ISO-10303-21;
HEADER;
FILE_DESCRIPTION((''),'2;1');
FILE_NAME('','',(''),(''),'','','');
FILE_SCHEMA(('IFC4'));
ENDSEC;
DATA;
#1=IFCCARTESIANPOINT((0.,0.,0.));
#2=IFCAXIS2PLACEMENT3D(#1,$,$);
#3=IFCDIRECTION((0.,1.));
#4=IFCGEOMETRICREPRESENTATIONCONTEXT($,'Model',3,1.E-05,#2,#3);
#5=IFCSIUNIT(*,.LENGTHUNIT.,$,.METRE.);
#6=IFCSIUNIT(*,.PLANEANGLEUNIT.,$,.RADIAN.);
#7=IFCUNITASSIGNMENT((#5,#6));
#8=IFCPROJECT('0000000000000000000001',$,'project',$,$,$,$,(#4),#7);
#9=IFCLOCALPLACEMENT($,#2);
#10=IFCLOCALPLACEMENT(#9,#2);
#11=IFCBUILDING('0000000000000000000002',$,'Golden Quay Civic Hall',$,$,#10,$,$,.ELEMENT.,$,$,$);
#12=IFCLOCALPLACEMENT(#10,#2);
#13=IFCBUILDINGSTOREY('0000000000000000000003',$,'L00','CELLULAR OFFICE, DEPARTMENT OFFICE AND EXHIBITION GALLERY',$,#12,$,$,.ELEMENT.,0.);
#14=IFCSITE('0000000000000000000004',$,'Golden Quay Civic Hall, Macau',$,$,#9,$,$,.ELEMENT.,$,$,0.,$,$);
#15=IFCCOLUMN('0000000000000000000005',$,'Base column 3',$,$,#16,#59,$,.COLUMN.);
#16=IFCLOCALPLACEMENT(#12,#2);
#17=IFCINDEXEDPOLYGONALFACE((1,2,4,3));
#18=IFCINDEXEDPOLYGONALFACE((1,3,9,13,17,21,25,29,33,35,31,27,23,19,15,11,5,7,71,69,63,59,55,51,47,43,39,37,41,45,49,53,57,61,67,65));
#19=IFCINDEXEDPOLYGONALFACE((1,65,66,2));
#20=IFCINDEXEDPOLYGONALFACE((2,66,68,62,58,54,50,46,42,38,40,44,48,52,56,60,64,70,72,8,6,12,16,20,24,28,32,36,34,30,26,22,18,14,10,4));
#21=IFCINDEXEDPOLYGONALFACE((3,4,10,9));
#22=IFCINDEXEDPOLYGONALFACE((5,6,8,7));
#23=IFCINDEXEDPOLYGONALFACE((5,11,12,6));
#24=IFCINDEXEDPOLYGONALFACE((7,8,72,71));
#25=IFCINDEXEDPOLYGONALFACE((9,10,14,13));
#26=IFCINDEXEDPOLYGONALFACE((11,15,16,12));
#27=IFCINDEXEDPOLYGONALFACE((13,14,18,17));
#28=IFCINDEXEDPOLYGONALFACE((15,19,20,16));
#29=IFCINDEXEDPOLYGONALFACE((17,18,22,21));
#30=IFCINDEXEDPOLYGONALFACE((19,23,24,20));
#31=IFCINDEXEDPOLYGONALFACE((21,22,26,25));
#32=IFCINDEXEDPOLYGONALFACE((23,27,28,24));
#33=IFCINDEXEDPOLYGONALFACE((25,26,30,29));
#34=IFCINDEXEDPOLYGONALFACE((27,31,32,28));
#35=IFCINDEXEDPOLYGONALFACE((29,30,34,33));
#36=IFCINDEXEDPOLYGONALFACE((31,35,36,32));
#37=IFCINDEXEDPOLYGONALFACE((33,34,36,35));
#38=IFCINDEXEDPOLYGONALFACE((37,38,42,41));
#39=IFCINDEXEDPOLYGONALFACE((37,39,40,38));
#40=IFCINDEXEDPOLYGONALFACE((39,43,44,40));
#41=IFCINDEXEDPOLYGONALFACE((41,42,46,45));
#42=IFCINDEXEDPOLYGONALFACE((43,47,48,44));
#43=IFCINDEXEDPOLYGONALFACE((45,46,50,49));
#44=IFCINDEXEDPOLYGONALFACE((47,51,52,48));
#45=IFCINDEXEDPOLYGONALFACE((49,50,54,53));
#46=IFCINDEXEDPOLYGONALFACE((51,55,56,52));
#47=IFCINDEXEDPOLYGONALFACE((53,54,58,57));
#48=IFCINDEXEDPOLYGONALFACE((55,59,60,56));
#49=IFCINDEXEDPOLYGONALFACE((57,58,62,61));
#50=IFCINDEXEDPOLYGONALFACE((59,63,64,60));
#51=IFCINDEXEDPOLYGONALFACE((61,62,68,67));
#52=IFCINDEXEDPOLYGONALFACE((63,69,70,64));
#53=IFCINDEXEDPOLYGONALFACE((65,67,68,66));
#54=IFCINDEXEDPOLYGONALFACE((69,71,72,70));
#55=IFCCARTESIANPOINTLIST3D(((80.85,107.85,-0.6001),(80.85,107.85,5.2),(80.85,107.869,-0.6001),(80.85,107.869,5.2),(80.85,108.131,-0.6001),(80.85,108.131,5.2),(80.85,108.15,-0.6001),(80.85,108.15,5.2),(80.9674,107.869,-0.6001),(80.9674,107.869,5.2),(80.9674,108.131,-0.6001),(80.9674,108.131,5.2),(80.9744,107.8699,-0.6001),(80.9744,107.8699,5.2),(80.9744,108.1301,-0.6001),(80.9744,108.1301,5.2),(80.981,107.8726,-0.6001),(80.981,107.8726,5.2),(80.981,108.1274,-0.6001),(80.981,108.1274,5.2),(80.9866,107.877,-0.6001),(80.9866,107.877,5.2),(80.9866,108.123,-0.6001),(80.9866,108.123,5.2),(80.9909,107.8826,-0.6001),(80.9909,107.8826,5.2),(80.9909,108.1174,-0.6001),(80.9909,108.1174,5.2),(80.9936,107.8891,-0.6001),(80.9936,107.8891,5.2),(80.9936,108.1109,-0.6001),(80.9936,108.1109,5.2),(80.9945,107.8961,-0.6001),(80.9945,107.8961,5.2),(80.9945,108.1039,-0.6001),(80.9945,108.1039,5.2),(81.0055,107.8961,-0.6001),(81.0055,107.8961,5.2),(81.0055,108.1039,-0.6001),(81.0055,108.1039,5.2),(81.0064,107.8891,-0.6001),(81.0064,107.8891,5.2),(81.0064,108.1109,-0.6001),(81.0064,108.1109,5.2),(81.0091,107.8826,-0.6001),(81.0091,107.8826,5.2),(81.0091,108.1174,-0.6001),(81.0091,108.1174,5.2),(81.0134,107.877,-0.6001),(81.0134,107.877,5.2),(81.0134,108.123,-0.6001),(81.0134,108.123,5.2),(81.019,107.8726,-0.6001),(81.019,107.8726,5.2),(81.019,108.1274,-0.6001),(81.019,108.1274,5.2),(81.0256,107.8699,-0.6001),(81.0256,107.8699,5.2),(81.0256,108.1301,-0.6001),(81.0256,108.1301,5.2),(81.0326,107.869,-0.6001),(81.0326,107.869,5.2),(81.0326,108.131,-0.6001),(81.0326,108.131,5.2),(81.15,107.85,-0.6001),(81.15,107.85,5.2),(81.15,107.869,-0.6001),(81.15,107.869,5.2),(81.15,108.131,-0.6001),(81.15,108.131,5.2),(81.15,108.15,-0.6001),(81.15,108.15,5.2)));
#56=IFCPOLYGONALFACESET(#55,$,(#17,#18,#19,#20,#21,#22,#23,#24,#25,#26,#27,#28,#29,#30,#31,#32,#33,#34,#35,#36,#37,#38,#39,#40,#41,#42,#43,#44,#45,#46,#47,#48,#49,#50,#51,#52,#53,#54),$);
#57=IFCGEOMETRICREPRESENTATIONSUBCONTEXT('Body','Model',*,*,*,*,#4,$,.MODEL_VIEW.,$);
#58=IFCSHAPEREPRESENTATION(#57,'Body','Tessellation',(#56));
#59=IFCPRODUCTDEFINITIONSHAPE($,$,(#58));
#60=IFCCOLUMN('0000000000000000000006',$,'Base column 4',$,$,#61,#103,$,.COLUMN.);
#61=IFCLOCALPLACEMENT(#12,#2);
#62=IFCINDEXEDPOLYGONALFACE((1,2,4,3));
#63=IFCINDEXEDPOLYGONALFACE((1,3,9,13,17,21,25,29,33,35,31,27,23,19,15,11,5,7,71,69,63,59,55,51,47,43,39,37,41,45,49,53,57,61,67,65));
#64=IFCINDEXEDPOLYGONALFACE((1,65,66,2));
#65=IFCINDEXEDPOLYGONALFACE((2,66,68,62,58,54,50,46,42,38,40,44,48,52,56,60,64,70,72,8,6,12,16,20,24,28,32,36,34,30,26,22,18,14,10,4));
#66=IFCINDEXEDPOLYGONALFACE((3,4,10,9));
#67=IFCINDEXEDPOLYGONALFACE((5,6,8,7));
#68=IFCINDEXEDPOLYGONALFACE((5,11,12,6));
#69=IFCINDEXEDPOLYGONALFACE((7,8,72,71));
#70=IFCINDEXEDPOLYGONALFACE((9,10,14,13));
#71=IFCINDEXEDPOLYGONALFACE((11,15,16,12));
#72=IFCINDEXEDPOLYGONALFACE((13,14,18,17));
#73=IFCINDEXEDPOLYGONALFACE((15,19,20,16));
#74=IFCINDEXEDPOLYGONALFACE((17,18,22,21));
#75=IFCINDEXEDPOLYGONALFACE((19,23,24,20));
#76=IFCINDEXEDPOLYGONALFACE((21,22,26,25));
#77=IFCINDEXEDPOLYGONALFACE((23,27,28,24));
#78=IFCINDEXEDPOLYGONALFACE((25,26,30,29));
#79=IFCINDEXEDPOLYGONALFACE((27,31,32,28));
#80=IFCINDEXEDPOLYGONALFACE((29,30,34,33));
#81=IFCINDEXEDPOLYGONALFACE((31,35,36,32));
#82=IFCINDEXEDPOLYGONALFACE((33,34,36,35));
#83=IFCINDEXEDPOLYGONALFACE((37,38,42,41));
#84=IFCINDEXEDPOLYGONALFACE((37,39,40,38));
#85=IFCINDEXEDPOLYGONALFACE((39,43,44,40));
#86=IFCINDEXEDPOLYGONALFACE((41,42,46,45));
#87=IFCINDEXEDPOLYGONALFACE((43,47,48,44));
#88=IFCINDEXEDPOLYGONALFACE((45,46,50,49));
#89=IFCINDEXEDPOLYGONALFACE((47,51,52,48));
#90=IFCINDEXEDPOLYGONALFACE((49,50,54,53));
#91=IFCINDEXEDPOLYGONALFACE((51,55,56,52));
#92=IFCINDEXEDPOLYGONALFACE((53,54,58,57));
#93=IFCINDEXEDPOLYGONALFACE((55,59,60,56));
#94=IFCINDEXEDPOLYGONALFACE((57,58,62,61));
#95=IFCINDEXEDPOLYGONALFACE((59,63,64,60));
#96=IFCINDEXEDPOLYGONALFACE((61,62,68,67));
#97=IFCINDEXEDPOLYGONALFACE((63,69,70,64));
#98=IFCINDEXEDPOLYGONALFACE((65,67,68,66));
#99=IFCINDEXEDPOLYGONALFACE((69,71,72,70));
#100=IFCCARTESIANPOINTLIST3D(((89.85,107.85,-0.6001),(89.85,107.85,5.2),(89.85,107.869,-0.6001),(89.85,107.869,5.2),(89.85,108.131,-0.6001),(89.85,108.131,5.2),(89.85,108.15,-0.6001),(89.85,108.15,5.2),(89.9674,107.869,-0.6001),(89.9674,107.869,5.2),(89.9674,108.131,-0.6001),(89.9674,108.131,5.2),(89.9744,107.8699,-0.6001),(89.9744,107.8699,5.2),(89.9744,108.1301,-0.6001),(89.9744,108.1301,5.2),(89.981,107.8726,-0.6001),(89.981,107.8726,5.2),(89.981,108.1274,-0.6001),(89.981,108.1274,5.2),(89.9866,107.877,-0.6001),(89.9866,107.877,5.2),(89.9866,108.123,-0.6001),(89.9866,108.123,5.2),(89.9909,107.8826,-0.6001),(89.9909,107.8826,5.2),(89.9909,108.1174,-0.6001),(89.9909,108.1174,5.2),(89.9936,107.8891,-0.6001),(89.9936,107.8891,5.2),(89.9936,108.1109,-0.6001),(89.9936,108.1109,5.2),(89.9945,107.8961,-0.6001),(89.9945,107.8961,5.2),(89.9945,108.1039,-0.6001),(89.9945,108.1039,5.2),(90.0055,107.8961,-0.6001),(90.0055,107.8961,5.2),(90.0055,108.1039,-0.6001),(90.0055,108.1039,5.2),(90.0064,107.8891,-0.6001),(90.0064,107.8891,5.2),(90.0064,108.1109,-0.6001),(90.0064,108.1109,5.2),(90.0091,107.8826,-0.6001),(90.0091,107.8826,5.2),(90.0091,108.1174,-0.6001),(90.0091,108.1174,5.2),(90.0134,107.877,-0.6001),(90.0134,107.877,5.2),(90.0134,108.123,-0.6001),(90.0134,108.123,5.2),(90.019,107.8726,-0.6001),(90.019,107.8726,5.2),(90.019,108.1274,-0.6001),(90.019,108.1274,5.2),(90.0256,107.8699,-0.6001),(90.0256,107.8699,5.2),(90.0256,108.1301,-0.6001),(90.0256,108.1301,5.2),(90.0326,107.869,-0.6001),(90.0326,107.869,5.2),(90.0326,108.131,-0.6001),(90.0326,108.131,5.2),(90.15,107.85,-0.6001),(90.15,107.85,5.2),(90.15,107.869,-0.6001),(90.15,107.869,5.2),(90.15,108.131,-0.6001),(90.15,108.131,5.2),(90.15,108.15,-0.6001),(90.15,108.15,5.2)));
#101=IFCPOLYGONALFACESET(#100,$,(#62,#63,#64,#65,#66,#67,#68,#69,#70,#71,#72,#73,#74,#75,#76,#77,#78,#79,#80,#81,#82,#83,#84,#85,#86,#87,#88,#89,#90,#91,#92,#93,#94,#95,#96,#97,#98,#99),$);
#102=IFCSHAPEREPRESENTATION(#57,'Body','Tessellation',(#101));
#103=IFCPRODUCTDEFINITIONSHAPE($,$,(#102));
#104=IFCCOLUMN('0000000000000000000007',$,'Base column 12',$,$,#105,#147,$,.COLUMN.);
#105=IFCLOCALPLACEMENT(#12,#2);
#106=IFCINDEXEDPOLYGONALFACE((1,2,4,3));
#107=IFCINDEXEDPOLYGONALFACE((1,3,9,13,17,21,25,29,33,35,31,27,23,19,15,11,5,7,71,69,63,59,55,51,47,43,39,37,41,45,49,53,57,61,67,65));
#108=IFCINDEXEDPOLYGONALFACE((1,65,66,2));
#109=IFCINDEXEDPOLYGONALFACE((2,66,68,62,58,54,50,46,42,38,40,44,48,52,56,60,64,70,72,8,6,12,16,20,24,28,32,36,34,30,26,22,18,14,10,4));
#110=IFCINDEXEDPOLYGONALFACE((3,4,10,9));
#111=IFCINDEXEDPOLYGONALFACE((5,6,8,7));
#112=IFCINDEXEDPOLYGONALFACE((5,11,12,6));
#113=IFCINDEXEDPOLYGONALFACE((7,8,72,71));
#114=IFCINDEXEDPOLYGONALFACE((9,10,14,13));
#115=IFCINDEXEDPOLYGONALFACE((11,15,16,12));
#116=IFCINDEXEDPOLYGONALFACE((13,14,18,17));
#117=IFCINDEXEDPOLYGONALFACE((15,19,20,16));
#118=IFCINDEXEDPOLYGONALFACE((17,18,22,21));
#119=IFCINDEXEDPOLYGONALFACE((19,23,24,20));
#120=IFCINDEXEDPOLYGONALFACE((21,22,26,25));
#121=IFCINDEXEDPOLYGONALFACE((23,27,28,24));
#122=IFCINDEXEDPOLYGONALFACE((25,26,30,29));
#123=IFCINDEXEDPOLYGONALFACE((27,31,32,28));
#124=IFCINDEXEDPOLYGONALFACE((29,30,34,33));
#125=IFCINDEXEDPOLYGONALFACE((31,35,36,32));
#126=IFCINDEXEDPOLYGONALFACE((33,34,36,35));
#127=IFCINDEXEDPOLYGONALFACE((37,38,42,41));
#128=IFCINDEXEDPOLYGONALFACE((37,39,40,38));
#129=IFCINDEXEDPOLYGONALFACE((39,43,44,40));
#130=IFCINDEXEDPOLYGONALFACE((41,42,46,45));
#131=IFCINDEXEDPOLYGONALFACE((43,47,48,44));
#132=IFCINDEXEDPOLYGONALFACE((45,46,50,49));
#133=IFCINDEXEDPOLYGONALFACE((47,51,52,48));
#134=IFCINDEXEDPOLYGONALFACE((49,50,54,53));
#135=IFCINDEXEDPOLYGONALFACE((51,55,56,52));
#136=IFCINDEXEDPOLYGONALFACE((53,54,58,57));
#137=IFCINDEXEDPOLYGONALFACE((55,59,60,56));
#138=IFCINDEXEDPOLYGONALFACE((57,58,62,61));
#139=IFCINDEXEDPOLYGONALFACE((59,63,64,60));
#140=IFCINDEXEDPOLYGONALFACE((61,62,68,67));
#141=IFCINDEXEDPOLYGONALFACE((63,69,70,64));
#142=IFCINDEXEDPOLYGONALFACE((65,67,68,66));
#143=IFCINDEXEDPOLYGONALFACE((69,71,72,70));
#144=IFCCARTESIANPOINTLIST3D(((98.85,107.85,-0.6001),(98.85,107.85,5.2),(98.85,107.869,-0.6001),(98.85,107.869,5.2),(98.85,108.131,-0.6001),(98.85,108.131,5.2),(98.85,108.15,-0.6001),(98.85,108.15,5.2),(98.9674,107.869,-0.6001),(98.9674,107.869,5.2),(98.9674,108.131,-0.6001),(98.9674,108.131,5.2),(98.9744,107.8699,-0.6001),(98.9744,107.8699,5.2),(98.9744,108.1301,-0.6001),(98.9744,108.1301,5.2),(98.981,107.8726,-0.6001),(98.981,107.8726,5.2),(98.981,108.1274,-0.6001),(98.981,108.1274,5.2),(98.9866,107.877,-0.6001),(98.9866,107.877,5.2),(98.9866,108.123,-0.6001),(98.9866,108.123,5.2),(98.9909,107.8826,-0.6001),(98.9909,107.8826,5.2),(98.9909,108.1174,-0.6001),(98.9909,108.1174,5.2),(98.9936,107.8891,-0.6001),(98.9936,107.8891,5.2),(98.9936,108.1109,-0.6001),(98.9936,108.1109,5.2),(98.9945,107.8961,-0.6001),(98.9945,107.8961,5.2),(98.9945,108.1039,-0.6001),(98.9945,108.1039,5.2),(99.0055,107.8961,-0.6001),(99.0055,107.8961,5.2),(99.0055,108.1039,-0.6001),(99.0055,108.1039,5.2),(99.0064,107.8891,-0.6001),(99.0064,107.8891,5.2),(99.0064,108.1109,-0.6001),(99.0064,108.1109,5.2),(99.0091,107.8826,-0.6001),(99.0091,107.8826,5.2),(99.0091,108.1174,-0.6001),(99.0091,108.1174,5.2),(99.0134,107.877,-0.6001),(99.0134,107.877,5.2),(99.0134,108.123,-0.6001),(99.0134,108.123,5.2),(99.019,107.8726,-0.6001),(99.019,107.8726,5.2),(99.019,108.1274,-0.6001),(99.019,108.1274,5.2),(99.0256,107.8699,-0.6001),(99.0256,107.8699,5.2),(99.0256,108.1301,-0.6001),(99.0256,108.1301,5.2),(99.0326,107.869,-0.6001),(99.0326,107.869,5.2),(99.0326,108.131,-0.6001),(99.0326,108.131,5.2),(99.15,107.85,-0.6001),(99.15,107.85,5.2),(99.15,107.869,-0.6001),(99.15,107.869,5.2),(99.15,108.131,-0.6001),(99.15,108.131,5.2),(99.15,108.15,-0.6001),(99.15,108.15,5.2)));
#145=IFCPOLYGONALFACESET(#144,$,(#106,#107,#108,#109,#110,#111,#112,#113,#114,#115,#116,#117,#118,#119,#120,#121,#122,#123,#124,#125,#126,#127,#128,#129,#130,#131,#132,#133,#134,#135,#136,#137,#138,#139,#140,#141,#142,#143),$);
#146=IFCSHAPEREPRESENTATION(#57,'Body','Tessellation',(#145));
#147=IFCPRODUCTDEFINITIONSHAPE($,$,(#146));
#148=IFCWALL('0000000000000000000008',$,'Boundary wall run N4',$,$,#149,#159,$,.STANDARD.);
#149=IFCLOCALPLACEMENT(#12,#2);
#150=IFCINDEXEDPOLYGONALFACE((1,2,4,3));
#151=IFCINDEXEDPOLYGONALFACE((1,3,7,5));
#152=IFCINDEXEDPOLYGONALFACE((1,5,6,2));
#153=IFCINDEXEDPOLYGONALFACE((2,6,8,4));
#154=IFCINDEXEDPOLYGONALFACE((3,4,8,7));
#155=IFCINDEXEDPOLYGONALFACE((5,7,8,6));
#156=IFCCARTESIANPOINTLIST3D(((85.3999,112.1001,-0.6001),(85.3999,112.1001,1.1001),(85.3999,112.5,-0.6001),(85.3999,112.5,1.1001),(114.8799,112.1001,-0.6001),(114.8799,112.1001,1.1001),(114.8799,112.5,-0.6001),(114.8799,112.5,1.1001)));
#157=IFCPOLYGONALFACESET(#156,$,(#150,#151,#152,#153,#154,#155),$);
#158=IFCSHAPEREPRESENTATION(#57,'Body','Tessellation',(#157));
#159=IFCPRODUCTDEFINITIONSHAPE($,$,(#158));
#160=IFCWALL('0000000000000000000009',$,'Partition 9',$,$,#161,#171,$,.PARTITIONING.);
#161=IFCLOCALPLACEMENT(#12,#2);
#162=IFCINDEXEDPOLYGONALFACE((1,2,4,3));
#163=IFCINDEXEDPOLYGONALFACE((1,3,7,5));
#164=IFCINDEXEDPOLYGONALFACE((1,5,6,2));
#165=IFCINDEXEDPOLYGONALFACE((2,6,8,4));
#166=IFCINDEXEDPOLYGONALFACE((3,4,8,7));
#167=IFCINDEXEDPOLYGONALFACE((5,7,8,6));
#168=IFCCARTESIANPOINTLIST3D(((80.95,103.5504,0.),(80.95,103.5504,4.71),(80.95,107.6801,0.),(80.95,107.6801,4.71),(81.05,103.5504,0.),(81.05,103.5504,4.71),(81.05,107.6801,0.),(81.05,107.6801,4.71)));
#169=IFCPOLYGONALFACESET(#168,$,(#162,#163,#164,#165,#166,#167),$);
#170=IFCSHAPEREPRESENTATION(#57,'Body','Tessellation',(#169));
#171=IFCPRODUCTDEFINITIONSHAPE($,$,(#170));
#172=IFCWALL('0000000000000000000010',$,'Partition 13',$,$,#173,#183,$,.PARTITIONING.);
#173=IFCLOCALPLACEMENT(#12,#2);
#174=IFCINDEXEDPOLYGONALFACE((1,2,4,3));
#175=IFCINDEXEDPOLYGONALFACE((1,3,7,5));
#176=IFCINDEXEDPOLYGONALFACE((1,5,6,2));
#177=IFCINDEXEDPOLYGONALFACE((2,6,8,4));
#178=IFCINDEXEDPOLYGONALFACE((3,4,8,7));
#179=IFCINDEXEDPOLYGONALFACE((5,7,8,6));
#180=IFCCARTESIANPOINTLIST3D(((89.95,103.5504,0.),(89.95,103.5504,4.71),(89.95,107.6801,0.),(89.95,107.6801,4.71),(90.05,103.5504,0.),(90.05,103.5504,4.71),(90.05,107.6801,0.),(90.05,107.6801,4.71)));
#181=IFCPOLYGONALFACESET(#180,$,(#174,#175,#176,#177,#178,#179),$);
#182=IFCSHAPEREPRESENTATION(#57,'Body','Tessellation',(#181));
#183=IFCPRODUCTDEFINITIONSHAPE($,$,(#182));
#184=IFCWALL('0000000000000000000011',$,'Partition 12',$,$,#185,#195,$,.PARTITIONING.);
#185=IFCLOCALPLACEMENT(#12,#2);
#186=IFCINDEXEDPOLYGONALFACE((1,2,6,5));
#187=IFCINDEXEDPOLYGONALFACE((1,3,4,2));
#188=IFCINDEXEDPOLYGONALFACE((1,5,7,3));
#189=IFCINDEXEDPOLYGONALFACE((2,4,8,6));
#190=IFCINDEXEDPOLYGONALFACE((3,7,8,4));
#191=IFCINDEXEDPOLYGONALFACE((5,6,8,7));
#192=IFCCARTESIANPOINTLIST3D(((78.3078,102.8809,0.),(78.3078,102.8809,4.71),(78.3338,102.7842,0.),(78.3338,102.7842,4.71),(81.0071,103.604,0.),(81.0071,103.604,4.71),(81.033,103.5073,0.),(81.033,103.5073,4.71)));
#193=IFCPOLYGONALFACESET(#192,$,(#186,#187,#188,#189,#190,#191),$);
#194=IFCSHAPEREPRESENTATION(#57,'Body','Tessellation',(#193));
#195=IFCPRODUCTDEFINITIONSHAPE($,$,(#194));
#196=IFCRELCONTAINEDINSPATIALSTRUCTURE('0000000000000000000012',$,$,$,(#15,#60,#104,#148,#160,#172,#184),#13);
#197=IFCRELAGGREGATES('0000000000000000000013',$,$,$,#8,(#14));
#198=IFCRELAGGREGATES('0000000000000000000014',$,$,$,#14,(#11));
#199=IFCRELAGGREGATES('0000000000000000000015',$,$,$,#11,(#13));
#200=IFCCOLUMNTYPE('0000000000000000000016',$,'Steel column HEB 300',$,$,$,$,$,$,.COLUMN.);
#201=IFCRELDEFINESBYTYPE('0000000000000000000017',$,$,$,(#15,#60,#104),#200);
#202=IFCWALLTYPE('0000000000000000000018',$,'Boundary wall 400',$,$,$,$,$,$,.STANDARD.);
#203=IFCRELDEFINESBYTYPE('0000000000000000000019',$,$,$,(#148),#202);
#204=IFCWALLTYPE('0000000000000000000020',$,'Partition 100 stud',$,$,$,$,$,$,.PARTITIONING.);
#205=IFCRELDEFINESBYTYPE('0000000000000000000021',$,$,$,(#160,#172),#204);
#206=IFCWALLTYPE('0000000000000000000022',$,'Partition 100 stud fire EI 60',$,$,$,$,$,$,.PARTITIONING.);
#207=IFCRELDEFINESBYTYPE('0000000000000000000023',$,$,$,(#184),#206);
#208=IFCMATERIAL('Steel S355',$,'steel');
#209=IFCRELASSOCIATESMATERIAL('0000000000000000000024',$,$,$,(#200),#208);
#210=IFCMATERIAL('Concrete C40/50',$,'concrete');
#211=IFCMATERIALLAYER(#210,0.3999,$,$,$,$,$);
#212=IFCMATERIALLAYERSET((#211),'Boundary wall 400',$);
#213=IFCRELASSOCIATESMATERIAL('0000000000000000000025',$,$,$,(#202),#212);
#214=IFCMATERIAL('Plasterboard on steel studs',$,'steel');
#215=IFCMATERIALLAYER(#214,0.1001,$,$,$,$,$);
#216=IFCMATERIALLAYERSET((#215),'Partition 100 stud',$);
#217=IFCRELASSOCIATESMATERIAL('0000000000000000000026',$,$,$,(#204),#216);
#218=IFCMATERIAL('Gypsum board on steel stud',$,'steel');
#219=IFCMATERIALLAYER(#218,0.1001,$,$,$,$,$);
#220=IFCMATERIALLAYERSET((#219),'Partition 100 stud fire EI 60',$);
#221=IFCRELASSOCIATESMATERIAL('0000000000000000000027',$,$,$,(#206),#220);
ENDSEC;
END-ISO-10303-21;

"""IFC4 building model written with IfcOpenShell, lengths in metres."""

from ifc_helpers import new_model, si_unit, direction, frame, frame_2d, origin, origin_2d, place, context, subcontext, project, spatial, rectangle, i_section, extrude, material, layer, layer_set, material_profile, profile_set, type_object, element, save


model = new_model("IFC4")

# Units and contexts
model_context = context("Model", 3, precision=1e-05, world=origin(), true_north=direction((0.0, 1.0)))
body_context = subcontext(model_context, "Body", "Model", "MODEL_VIEW")
ifc_project = project(units=[si_unit("LENGTHUNIT", "METRE"), si_unit("PLANEANGLEUNIT", "RADIAN")], contexts=[model_context])

# Site, building, storey
site_placement = place(None, origin())
site = spatial("IfcSite", under=ifc_project, at=site_placement, Name="Golden Quay Civic Hall, Macau", CompositionType="ELEMENT", RefElevation=0.0)
building_placement = place(site_placement, origin())
building = spatial("IfcBuilding", under=site, at=building_placement, Name="Golden Quay Civic Hall", CompositionType="ELEMENT")
storey_placement = place(building_placement, origin())
storey = spatial("IfcBuildingStorey", under=building, at=storey_placement, Name="L00", Description="CELLULAR OFFICE, DEPARTMENT OFFICE AND EXHIBITION GALLERY", CompositionType="ELEMENT", Elevation=0.0)

# Columns
ifc_material_1 = material(Name="Steel S355", Category="steel")
ifc_material_profile_1 = material_profile(ifc_material_1, i_section(OverallWidth=0.3, OverallDepth=0.3, WebThickness=0.011, FlangeThickness=0.019, FilletRadius=0.0271, at=origin_2d()), Name="HEB 300")
ifc_profile_set_1 = profile_set([ifc_material_profile_1], Name="Steel S355")
column_type_1 = type_object("IfcColumnType", Name="Steel column HEB 300", PredefinedType="COLUMN", material=ifc_profile_set_1)
for number, where, z_axis, x_axis, name in (
    (1, (81.0, 108.0, -0.6001), (0.0, 0.0, 1.0), (1.0, 0.0, 0.0), "Base column 3"),
    (2, (90.0, 108.0, -0.6001), (0.0, 0.0, 1.0), (1.0, 0.0, 0.0), "Base column 4"),
    (3, (99.0, 108.0, -0.6001), (0.0, 0.0, 1.0), (1.0, 0.0, 0.0), "Base column 12"),
):
    element("IfcColumn", number, at=place(storey_placement, frame(where, z_axis=z_axis, x_axis=x_axis)), inside=storey, type_object=column_type_1, Name=name, PredefinedType="COLUMN", context=body_context, shape_type="SweptSolid", body=[
        extrude(i_section(OverallWidth=0.3, OverallDepth=0.3, WebThickness=0.011, FlangeThickness=0.019, FilletRadius=0.0271, at=origin_2d()), origin(), (0.0, 0.0, 1.0), 5.8),
    ])

# Walls
ifc_material_2 = material(Name="Concrete C40/50", Category="concrete")
ifc_layer_1 = layer(ifc_material_2, 0.3999)
ifc_layer_set_1 = layer_set([ifc_layer_1], Name="Boundary wall 400")
wall_type_1 = type_object("IfcWallType", Name="Boundary wall 400", PredefinedType="STANDARD", material=ifc_layer_set_1)
wall_1_placement = place(storey_placement, frame((85.3999, 112.3, -0.6001), z_axis=(0.0, 0.0, 1.0), x_axis=(1.0, 0.0, 0.0)))
element("IfcWall", 4, at=wall_1_placement, inside=storey, type_object=wall_type_1, Name="Boundary wall run N4", PredefinedType="STANDARD", context=body_context, shape_type="SweptSolid", body=[
    extrude(rectangle(XDim=29.48, YDim=0.3999, at=frame_2d((14.74, 0.0))), origin(), (0.0, 0.0, 1.0), 1.7002),
])
ifc_material_3 = material(Name="Plasterboard on steel studs", Category="steel")
ifc_layer_2 = layer(ifc_material_3, 0.1001)
ifc_layer_set_2 = layer_set([ifc_layer_2], Name="Partition 100 stud")
wall_type_2 = type_object("IfcWallType", Name="Partition 100 stud", PredefinedType="PARTITIONING", material=ifc_layer_set_2)
for number, where, z_axis, x_axis, name in (
    (5, (81.0, 103.5503, 0.0), (0.0, 0.0, 1.0), (0.0, 1.0, 0.0), "Partition 9"),
    (6, (90.0, 103.5503, 0.0), (0.0, 0.0, 1.0), (0.0, 1.0, 0.0), "Partition 13"),
):
    element("IfcWall", number, at=place(storey_placement, frame(where, z_axis=z_axis, x_axis=x_axis)), inside=storey, type_object=wall_type_2, Name=name, PredefinedType="PARTITIONING", context=body_context, shape_type="SweptSolid", body=[
        extrude(rectangle(XDim=4.1296, YDim=0.1001, at=frame_2d((2.0649, 0.0))), origin(), (0.0, 0.0, 1.0), 4.71),
    ])
ifc_material_4 = material(Name="Gypsum board on steel stud", Category="steel")
ifc_layer_3 = layer(ifc_material_4, 0.1001)
ifc_layer_set_3 = layer_set([ifc_layer_3], Name="Partition 100 stud fire EI 60")
wall_type_3 = type_object("IfcWallType", Name="Partition 100 stud fire EI 60", PredefinedType="PARTITIONING", material=ifc_layer_set_3)
wall_2_placement = place(storey_placement, frame((78.3208, 102.8325, 0.0), z_axis=(0.0, 0.0, 1.0), x_axis=(0.965936, 0.258783, 0.0)))
element("IfcWall", 7, at=wall_2_placement, inside=storey, type_object=wall_type_3, Name="Partition 12", PredefinedType="PARTITIONING", context=body_context, shape_type="SweptSolid", body=[
    extrude(rectangle(XDim=2.7944, YDim=0.1001, at=frame_2d((1.3972, 0.0))), origin(), (0.0, 0.0, 1.0), 4.71),
])

save(model, "model.ifc")
